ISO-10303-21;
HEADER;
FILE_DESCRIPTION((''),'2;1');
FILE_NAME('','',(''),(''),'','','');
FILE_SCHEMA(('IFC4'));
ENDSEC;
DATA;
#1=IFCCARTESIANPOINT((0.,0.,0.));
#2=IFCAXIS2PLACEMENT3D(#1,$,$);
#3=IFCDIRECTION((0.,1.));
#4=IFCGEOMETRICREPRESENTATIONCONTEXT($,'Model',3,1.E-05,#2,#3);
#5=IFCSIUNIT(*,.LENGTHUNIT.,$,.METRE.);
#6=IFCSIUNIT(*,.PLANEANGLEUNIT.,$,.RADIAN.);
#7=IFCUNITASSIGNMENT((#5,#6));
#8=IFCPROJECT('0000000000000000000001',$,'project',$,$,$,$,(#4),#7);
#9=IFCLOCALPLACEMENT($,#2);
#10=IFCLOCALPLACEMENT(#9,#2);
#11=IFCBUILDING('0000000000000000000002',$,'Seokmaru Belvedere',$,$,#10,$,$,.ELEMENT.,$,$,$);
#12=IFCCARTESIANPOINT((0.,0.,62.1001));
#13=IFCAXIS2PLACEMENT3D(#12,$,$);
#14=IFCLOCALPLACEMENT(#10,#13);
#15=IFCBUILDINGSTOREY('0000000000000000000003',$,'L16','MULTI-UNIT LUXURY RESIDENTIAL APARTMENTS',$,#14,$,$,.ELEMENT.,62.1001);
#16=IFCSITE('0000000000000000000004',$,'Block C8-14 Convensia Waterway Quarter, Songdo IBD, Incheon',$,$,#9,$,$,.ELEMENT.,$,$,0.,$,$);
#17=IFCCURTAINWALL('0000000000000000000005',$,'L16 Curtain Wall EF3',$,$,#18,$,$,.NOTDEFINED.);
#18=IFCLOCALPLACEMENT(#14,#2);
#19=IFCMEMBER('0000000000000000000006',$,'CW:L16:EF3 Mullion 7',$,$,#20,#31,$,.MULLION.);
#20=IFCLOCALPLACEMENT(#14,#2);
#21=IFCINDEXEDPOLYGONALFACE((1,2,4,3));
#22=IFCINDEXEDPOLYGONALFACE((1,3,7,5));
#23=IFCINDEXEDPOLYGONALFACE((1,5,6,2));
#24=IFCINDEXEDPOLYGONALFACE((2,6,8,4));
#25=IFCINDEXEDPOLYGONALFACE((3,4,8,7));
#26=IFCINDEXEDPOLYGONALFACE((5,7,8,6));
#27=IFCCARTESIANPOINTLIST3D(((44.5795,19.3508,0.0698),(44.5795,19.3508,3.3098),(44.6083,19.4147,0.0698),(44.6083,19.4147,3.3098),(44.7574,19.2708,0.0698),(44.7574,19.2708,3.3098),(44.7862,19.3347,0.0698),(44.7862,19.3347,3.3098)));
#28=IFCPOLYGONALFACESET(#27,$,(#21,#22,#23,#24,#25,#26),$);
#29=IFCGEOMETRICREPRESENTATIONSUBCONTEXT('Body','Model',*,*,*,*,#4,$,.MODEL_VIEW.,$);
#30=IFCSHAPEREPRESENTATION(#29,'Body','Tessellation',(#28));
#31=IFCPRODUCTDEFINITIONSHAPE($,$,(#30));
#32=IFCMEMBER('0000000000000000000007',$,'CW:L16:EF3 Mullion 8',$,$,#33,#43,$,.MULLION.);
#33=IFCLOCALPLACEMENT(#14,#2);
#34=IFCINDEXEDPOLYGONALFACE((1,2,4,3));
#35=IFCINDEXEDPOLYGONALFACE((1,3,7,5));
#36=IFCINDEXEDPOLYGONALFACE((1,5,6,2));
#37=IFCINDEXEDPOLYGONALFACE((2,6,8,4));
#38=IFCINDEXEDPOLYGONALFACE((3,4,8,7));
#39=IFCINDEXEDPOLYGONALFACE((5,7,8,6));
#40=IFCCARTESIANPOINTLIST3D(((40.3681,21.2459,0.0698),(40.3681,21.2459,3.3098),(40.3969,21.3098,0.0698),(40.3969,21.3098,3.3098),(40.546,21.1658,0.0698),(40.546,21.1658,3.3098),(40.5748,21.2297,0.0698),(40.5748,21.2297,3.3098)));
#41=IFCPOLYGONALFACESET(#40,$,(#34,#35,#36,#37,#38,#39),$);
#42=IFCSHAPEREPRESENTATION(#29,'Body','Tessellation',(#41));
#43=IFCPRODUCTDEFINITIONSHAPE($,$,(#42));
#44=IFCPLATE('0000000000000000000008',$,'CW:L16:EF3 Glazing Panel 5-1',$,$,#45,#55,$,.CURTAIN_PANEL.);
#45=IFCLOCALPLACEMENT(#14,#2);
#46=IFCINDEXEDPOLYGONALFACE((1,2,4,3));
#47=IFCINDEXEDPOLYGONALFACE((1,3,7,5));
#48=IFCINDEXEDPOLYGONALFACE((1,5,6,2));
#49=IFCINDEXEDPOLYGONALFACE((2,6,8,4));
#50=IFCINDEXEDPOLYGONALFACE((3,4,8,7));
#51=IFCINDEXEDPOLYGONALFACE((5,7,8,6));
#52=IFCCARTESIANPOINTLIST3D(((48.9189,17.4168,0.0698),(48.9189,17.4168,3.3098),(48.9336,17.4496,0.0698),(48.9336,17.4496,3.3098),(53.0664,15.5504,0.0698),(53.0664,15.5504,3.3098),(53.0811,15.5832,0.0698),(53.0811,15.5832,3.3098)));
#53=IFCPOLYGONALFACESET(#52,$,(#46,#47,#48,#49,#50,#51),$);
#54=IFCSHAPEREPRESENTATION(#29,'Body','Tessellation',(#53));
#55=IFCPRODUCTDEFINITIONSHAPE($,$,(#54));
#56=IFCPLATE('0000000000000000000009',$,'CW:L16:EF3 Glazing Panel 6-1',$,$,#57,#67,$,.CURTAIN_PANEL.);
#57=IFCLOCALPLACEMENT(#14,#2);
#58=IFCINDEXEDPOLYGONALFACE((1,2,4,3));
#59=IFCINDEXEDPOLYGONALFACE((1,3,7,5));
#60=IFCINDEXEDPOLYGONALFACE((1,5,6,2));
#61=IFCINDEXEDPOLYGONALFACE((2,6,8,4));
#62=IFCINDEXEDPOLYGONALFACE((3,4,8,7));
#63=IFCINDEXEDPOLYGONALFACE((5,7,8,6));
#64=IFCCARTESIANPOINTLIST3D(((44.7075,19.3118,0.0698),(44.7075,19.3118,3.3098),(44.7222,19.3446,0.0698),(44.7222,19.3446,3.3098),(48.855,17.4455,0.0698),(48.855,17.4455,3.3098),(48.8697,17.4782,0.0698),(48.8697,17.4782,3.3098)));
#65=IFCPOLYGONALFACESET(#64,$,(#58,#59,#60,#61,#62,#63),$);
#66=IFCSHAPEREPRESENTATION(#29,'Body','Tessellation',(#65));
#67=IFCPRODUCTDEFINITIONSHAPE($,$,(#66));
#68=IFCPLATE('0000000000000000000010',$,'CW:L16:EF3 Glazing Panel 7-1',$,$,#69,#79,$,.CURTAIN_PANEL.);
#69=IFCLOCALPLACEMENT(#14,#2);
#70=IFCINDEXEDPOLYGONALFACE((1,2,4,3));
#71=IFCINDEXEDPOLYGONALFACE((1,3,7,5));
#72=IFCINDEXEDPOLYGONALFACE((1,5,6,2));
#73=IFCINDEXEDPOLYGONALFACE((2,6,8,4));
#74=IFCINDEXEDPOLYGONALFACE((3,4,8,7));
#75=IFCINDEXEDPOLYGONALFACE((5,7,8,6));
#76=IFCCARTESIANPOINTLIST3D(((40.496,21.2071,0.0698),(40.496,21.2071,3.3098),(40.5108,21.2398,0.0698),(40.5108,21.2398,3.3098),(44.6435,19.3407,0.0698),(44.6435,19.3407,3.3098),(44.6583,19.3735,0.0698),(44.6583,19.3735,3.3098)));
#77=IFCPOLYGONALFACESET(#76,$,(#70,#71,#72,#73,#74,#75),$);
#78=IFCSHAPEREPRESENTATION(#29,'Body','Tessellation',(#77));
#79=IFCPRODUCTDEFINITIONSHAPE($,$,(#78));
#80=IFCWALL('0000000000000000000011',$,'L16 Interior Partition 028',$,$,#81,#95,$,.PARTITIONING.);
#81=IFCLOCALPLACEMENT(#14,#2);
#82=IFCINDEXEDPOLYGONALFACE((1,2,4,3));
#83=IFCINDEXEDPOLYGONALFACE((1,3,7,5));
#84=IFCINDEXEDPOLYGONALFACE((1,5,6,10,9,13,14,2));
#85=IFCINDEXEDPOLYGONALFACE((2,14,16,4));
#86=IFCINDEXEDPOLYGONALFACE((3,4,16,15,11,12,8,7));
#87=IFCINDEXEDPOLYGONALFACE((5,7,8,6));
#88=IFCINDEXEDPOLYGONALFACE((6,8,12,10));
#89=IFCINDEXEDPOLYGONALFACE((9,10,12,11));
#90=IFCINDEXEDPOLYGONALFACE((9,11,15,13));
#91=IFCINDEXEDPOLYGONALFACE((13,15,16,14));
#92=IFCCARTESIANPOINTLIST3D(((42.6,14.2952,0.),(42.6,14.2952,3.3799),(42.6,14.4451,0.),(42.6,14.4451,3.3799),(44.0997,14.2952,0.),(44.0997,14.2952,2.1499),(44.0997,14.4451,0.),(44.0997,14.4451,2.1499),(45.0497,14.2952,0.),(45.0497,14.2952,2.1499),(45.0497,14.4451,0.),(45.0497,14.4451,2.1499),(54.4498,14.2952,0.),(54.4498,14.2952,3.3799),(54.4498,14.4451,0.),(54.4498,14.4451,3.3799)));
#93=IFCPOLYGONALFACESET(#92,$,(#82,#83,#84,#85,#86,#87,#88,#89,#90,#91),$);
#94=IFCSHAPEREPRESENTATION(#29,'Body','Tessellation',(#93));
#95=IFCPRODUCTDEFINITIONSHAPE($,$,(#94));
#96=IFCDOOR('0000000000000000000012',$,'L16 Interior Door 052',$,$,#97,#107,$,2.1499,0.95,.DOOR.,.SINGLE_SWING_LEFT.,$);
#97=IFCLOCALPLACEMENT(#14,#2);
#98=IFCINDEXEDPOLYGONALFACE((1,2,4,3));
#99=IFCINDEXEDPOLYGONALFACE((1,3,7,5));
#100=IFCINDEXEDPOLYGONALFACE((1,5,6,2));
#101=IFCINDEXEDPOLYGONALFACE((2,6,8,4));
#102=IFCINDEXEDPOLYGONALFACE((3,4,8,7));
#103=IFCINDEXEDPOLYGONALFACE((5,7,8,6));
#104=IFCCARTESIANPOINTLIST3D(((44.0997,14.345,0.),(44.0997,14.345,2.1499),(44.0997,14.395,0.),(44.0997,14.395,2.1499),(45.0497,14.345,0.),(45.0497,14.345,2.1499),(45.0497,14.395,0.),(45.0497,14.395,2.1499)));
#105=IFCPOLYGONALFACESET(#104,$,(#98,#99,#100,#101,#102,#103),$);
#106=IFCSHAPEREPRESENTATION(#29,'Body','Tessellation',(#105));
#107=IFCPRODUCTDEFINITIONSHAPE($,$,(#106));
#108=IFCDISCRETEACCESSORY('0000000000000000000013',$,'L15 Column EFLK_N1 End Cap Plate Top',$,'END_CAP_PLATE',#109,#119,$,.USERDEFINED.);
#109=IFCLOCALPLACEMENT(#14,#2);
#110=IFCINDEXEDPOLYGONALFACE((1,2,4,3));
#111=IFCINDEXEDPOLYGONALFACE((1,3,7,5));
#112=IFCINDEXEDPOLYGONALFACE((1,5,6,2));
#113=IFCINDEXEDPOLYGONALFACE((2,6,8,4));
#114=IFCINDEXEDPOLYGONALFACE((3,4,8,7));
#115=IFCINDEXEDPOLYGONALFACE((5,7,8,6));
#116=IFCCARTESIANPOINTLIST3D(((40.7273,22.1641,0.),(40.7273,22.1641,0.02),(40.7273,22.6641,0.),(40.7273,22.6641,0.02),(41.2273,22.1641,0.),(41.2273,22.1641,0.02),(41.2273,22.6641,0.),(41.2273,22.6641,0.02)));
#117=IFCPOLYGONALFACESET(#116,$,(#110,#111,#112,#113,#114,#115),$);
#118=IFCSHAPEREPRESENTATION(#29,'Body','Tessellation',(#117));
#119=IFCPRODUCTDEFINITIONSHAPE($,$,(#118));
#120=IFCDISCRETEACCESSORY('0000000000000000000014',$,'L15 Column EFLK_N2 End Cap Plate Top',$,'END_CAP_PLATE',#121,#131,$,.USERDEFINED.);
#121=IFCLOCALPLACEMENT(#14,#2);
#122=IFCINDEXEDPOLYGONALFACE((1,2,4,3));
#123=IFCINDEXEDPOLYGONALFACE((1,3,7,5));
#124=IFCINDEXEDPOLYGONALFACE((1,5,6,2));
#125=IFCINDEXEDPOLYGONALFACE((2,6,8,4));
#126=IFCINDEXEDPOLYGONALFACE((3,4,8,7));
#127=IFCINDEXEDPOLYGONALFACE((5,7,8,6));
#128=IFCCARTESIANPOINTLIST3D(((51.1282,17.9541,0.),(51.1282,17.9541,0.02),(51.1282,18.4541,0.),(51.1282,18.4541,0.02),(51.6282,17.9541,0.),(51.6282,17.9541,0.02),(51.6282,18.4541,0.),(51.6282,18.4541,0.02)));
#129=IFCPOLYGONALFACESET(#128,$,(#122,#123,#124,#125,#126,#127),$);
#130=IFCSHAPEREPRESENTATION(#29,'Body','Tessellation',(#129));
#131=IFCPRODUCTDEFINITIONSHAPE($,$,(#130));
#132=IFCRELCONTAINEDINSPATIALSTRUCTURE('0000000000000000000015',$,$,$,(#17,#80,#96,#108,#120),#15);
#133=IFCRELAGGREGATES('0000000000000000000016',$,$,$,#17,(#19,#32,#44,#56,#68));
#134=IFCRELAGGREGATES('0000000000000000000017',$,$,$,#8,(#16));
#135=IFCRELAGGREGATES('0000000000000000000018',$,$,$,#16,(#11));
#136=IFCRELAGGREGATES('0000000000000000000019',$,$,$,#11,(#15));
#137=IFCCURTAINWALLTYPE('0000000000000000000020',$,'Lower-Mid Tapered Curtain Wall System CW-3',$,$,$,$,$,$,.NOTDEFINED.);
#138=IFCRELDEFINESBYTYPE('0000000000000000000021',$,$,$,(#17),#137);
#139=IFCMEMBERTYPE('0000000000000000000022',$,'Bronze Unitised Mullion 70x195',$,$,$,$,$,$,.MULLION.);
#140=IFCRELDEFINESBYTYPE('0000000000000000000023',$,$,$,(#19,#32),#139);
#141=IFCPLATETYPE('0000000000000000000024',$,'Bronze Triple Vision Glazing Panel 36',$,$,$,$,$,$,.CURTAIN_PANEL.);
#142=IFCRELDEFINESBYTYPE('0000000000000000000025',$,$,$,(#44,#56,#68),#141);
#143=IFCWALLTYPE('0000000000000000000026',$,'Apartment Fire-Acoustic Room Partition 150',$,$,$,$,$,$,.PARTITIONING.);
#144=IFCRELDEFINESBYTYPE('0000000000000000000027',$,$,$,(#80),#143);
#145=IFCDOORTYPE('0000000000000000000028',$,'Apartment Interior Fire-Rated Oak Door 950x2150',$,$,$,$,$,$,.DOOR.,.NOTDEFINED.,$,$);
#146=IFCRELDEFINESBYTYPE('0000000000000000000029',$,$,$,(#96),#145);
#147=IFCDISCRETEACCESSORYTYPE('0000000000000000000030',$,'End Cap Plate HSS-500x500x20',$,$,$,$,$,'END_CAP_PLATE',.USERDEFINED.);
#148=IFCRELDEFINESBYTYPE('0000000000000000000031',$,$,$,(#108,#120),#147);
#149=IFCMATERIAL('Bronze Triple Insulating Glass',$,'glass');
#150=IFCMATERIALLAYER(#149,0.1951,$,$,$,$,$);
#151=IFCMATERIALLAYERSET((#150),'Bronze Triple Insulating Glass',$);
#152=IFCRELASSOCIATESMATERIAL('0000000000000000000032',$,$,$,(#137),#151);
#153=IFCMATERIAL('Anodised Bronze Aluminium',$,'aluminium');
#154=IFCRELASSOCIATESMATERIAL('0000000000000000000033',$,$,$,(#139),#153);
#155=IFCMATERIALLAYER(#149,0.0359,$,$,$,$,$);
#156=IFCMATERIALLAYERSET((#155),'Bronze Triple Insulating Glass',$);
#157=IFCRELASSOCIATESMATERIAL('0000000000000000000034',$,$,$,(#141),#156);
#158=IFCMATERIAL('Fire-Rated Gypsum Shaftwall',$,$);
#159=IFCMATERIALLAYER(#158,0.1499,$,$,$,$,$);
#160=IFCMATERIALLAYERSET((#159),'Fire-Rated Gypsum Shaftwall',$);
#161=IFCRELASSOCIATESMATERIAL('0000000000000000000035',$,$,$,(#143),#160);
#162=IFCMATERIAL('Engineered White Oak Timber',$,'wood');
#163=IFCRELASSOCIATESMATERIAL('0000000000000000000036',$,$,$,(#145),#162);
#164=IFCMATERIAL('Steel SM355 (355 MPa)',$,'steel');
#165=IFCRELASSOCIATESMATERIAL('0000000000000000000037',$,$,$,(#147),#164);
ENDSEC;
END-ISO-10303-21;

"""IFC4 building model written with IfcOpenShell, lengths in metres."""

from ifc_helpers import new_model, si_unit, direction, frame, frame_2d, origin, origin_2d, place, context, subcontext, project, spatial, rectangle, extrude, source, transform, mapped, material, layer, layer_set, material_profile, profile_set, type_object, type_shapes, element, fill, aggregate, save


model = new_model("IFC4")

# Units and contexts
model_context = context("Model", 3, precision=1e-05, world=origin(), true_north=direction((0.0, 1.0)))
body_context = subcontext(model_context, "Body", "Model", "MODEL_VIEW")
ifc_project = project(units=[si_unit("LENGTHUNIT", "METRE"), si_unit("PLANEANGLEUNIT", "RADIAN")], contexts=[model_context])

# Site, building, storey
site_placement = place(None, origin())
site = spatial("IfcSite", under=ifc_project, at=site_placement, Name="Block C8-14 Convensia Waterway Quarter, Songdo IBD, Incheon", CompositionType="ELEMENT", RefElevation=0.0)
building_placement = place(site_placement, origin())
building = spatial("IfcBuilding", under=site, at=building_placement, Name="Seokmaru Belvedere", CompositionType="ELEMENT")
storey_placement = place(building_placement, frame((0.0, 0.0, 62.1001)))
storey = spatial("IfcBuildingStorey", under=building, at=storey_placement, Name="L16", Description="MULTI-UNIT LUXURY RESIDENTIAL APARTMENTS", CompositionType="ELEMENT", Elevation=62.1001)

# Shared definitions
ifc_material_1 = material(Name="Steel SM355 (355 MPa)", Category="steel")

# Curtain wall, members, plates
ifc_material_2 = material(Name="Bronze Triple Insulating Glass", Category="glass")
ifc_layer_1 = layer(ifc_material_2, 0.1951)
ifc_layer_set_1 = layer_set([ifc_layer_1], Name="Bronze Triple Insulating Glass")
curtain_wall_type = type_object("IfcCurtainWallType", Name="Lower-Mid Tapered Curtain Wall System CW-3", PredefinedType="NOTDEFINED", material=ifc_layer_set_1)
curtain_wall_placement = place(storey_placement, origin())
curtain_wall = element("IfcCurtainWall", 1, at=curtain_wall_placement, inside=storey, type_object=curtain_wall_type, Name="L16 Curtain Wall EF3", PredefinedType="NOTDEFINED")
ifc_material_3 = material(Name="Anodised Bronze Aluminium", Category="aluminium")
ifc_material_profile_1 = material_profile(ifc_material_3, rectangle(XDim=0.0701, YDim=0.1951, at=origin_2d()), Name="CW-M-70x195")
ifc_profile_set_1 = profile_set([ifc_material_profile_1], Name="Anodised Bronze Aluminium")
member_type = type_object("IfcMemberType", Name="Bronze Unitised Mullion 70x195", PredefinedType="MULLION", material=ifc_profile_set_1)
shared_shape_1 = source(origin(), body_context, "Body", "SweptSolid", [
    extrude(rectangle(XDim=0.0701, YDim=0.1951, at=origin_2d()), origin(), (0.0, 0.0, 1.0), 3.24),
])
type_shapes(member_type, [shared_shape_1])
member_1_placement = place(storey_placement, frame((44.6829, 19.3428, 0.0698), z_axis=(0.0, 0.0, 1.0), x_axis=(-0.410366, -0.911921, 0.0)))
member_1 = element("IfcMember", 2, at=member_1_placement, type_object=member_type, Name="CW:L16:EF3 Mullion 7", PredefinedType="MULLION", context=body_context, shape_type="MappedRepresentation", body=[
    mapped(shared_shape_1, transform((0.0, 0.0, 0.0), scale=1.0)),
])
member_2_placement = place(storey_placement, frame((40.4714, 21.2378, 0.0698), z_axis=(0.0, 0.0, 1.0), x_axis=(-0.410366, -0.911921, 0.0)))
member_2 = element("IfcMember", 3, at=member_2_placement, type_object=member_type, Name="CW:L16:EF3 Mullion 8", PredefinedType="MULLION", context=body_context, shape_type="MappedRepresentation", body=[
    mapped(shared_shape_1, transform((0.0, 0.0, 0.0), scale=1.0)),
])
ifc_layer_2 = layer(ifc_material_2, 0.0359)
ifc_layer_set_2 = layer_set([ifc_layer_2], Name="Bronze Triple Insulating Glass")
plate_type = type_object("IfcPlateType", Name="Bronze Triple Vision Glazing Panel 36", PredefinedType="CURTAIN_PANEL", material=ifc_layer_set_2)
shared_shape_2 = source(origin(), body_context, "Body", "SweptSolid", [
    extrude(rectangle(XDim=4.5481, YDim=0.0359, at=origin_2d()), origin(), (0.0, 0.0, 1.0), 3.24),
])
type_shapes(plate_type, [shared_shape_2])
plate_1_placement = place(storey_placement, frame((51.0, 16.5, 0.0698), z_axis=(0.0, 0.0, 1.0), x_axis=(-0.911921, 0.410366, 0.0)))
plate_1 = element("IfcPlate", 4, at=plate_1_placement, type_object=plate_type, Name="CW:L16:EF3 Glazing Panel 5-1", PredefinedType="CURTAIN_PANEL", context=body_context, shape_type="MappedRepresentation", body=[
    mapped(shared_shape_2, transform((0.0, 0.0, 0.0), scale=1.0)),
])
plate_2_placement = place(storey_placement, frame((46.7886, 18.395, 0.0698), z_axis=(0.0, 0.0, 1.0), x_axis=(-0.911921, 0.410366, 0.0)))
plate_2 = element("IfcPlate", 5, at=plate_2_placement, type_object=plate_type, Name="CW:L16:EF3 Glazing Panel 6-1", PredefinedType="CURTAIN_PANEL", context=body_context, shape_type="MappedRepresentation", body=[
    mapped(shared_shape_2, transform((0.0, 0.0, 0.0), scale=1.0)),
])
plate_3_placement = place(storey_placement, frame((42.5771, 20.2903, 0.0698), z_axis=(0.0, 0.0, 1.0), x_axis=(-0.911921, 0.410366, 0.0)))
plate_3 = element("IfcPlate", 6, at=plate_3_placement, type_object=plate_type, Name="CW:L16:EF3 Glazing Panel 7-1", PredefinedType="CURTAIN_PANEL", context=body_context, shape_type="MappedRepresentation", body=[
    mapped(shared_shape_2, transform((0.0, 0.0, 0.0), scale=1.0)),
])
aggregate(curtain_wall, [member_1, member_2, plate_1, plate_2, plate_3])

# Wall, opening, door
ifc_material_4 = material(Name="Fire-Rated Gypsum Shaftwall")
ifc_layer_3 = layer(ifc_material_4, 0.1499)
ifc_layer_set_3 = layer_set([ifc_layer_3], Name="Fire-Rated Gypsum Shaftwall")
wall_type = type_object("IfcWallType", Name="Apartment Fire-Acoustic Room Partition 150", PredefinedType="PARTITIONING", material=ifc_layer_set_3)
wall_placement = place(storey_placement, frame((42.6001, 14.3701, 0.0), z_axis=(0.0, 0.0, 1.0), x_axis=(1.0, 0.0, 0.0)))
wall = element("IfcWall", 7, at=wall_placement, inside=storey, type_object=wall_type, Name="L16 Interior Partition 028", PredefinedType="PARTITIONING", context=body_context, shape_type="SweptSolid", body=[
    extrude(rectangle(XDim=11.8499, YDim=0.1499, at=frame_2d((5.9248, 0.0))), origin(), (0.0, 0.0, 1.0), 3.3799),
])
opening_placement = place(wall_placement, frame((1.4995, 0.0, 0.0)))
opening = element("IfcOpeningElement", 8, at=opening_placement, cuts=wall, PredefinedType="OPENING", context=body_context, shape_type="SweptSolid", body=[
    extrude(rectangle(XDim=0.95, YDim=2.1499, at=frame_2d((0.4751, 1.075))), frame((0.0, 0.085, 0.0), z_axis=(0.0, -1.0, 0.0), x_axis=(1.0, 0.0, 0.0)), (0.0, 0.0, 1.0), 0.1699),
])
ifc_material_5 = material(Name="Engineered White Oak Timber", Category="wood")
door_type = type_object("IfcDoorType", Name="Apartment Interior Fire-Rated Oak Door 950x2150", OperationType="NOTDEFINED", PredefinedType="DOOR", material=ifc_material_5)
shared_shape_3 = source(origin(), body_context, "Body", "SweptSolid", [
    extrude(rectangle(XDim=0.95, YDim=2.1499, at=frame_2d((0.4751, 1.075))), frame((0.0, 0.0249, 0.0), z_axis=(0.0, -1.0, 0.0), x_axis=(1.0, 0.0, 0.0)), (0.0, 0.0, 1.0), 0.05),
])
type_shapes(door_type, [shared_shape_3])
door_placement = place(opening_placement, origin())
door = element("IfcDoor", 9, at=door_placement, inside=storey, type_object=door_type, Name="L16 Interior Door 052", OperationType="SINGLE_SWING_LEFT", OverallHeight=2.1499, OverallWidth=0.95, PredefinedType="DOOR", context=body_context, shape_type="MappedRepresentation", body=[
    mapped(shared_shape_3, transform((0.0, 0.0, 0.0), scale=1.0)),
])
fill(opening, door)

# Discrete accessories
discrete_accessory_type = type_object("IfcDiscreteAccessoryType", Name="End Cap Plate HSS-500x500x20", ElementType="END_CAP_PLATE", PredefinedType="USERDEFINED", material=ifc_material_1)
shared_shape_4 = source(origin(), body_context, "Body", "SweptSolid", [
    extrude(rectangle(XDim=0.5, YDim=0.5, at=origin_2d()), origin(), (0.0, 0.0, 1.0), 0.02),
])
type_shapes(discrete_accessory_type, [shared_shape_4])
for number, where, z_axis, x_axis, name in (
    (10, (40.9773, 22.4141, 0.0), (0.0, 0.0, 1.0), (1.0, 0.0, 0.0), "L15 Column EFLK_N1 End Cap Plate Top"),
    (11, (51.3782, 18.2041, 0.0), (0.0, 0.0, 1.0), (1.0, 0.0, 0.0), "L15 Column EFLK_N2 End Cap Plate Top"),
):
    element("IfcDiscreteAccessory", number, at=place(storey_placement, frame(where, z_axis=z_axis, x_axis=x_axis)), inside=storey, type_object=discrete_accessory_type, Name=name, ObjectType="END_CAP_PLATE", PredefinedType="USERDEFINED", context=body_context, shape_type="MappedRepresentation", body=[
        mapped(shared_shape_4, transform((0.0, 0.0, 0.0), scale=1.0)),
    ])

save(model, "model.ifc")
